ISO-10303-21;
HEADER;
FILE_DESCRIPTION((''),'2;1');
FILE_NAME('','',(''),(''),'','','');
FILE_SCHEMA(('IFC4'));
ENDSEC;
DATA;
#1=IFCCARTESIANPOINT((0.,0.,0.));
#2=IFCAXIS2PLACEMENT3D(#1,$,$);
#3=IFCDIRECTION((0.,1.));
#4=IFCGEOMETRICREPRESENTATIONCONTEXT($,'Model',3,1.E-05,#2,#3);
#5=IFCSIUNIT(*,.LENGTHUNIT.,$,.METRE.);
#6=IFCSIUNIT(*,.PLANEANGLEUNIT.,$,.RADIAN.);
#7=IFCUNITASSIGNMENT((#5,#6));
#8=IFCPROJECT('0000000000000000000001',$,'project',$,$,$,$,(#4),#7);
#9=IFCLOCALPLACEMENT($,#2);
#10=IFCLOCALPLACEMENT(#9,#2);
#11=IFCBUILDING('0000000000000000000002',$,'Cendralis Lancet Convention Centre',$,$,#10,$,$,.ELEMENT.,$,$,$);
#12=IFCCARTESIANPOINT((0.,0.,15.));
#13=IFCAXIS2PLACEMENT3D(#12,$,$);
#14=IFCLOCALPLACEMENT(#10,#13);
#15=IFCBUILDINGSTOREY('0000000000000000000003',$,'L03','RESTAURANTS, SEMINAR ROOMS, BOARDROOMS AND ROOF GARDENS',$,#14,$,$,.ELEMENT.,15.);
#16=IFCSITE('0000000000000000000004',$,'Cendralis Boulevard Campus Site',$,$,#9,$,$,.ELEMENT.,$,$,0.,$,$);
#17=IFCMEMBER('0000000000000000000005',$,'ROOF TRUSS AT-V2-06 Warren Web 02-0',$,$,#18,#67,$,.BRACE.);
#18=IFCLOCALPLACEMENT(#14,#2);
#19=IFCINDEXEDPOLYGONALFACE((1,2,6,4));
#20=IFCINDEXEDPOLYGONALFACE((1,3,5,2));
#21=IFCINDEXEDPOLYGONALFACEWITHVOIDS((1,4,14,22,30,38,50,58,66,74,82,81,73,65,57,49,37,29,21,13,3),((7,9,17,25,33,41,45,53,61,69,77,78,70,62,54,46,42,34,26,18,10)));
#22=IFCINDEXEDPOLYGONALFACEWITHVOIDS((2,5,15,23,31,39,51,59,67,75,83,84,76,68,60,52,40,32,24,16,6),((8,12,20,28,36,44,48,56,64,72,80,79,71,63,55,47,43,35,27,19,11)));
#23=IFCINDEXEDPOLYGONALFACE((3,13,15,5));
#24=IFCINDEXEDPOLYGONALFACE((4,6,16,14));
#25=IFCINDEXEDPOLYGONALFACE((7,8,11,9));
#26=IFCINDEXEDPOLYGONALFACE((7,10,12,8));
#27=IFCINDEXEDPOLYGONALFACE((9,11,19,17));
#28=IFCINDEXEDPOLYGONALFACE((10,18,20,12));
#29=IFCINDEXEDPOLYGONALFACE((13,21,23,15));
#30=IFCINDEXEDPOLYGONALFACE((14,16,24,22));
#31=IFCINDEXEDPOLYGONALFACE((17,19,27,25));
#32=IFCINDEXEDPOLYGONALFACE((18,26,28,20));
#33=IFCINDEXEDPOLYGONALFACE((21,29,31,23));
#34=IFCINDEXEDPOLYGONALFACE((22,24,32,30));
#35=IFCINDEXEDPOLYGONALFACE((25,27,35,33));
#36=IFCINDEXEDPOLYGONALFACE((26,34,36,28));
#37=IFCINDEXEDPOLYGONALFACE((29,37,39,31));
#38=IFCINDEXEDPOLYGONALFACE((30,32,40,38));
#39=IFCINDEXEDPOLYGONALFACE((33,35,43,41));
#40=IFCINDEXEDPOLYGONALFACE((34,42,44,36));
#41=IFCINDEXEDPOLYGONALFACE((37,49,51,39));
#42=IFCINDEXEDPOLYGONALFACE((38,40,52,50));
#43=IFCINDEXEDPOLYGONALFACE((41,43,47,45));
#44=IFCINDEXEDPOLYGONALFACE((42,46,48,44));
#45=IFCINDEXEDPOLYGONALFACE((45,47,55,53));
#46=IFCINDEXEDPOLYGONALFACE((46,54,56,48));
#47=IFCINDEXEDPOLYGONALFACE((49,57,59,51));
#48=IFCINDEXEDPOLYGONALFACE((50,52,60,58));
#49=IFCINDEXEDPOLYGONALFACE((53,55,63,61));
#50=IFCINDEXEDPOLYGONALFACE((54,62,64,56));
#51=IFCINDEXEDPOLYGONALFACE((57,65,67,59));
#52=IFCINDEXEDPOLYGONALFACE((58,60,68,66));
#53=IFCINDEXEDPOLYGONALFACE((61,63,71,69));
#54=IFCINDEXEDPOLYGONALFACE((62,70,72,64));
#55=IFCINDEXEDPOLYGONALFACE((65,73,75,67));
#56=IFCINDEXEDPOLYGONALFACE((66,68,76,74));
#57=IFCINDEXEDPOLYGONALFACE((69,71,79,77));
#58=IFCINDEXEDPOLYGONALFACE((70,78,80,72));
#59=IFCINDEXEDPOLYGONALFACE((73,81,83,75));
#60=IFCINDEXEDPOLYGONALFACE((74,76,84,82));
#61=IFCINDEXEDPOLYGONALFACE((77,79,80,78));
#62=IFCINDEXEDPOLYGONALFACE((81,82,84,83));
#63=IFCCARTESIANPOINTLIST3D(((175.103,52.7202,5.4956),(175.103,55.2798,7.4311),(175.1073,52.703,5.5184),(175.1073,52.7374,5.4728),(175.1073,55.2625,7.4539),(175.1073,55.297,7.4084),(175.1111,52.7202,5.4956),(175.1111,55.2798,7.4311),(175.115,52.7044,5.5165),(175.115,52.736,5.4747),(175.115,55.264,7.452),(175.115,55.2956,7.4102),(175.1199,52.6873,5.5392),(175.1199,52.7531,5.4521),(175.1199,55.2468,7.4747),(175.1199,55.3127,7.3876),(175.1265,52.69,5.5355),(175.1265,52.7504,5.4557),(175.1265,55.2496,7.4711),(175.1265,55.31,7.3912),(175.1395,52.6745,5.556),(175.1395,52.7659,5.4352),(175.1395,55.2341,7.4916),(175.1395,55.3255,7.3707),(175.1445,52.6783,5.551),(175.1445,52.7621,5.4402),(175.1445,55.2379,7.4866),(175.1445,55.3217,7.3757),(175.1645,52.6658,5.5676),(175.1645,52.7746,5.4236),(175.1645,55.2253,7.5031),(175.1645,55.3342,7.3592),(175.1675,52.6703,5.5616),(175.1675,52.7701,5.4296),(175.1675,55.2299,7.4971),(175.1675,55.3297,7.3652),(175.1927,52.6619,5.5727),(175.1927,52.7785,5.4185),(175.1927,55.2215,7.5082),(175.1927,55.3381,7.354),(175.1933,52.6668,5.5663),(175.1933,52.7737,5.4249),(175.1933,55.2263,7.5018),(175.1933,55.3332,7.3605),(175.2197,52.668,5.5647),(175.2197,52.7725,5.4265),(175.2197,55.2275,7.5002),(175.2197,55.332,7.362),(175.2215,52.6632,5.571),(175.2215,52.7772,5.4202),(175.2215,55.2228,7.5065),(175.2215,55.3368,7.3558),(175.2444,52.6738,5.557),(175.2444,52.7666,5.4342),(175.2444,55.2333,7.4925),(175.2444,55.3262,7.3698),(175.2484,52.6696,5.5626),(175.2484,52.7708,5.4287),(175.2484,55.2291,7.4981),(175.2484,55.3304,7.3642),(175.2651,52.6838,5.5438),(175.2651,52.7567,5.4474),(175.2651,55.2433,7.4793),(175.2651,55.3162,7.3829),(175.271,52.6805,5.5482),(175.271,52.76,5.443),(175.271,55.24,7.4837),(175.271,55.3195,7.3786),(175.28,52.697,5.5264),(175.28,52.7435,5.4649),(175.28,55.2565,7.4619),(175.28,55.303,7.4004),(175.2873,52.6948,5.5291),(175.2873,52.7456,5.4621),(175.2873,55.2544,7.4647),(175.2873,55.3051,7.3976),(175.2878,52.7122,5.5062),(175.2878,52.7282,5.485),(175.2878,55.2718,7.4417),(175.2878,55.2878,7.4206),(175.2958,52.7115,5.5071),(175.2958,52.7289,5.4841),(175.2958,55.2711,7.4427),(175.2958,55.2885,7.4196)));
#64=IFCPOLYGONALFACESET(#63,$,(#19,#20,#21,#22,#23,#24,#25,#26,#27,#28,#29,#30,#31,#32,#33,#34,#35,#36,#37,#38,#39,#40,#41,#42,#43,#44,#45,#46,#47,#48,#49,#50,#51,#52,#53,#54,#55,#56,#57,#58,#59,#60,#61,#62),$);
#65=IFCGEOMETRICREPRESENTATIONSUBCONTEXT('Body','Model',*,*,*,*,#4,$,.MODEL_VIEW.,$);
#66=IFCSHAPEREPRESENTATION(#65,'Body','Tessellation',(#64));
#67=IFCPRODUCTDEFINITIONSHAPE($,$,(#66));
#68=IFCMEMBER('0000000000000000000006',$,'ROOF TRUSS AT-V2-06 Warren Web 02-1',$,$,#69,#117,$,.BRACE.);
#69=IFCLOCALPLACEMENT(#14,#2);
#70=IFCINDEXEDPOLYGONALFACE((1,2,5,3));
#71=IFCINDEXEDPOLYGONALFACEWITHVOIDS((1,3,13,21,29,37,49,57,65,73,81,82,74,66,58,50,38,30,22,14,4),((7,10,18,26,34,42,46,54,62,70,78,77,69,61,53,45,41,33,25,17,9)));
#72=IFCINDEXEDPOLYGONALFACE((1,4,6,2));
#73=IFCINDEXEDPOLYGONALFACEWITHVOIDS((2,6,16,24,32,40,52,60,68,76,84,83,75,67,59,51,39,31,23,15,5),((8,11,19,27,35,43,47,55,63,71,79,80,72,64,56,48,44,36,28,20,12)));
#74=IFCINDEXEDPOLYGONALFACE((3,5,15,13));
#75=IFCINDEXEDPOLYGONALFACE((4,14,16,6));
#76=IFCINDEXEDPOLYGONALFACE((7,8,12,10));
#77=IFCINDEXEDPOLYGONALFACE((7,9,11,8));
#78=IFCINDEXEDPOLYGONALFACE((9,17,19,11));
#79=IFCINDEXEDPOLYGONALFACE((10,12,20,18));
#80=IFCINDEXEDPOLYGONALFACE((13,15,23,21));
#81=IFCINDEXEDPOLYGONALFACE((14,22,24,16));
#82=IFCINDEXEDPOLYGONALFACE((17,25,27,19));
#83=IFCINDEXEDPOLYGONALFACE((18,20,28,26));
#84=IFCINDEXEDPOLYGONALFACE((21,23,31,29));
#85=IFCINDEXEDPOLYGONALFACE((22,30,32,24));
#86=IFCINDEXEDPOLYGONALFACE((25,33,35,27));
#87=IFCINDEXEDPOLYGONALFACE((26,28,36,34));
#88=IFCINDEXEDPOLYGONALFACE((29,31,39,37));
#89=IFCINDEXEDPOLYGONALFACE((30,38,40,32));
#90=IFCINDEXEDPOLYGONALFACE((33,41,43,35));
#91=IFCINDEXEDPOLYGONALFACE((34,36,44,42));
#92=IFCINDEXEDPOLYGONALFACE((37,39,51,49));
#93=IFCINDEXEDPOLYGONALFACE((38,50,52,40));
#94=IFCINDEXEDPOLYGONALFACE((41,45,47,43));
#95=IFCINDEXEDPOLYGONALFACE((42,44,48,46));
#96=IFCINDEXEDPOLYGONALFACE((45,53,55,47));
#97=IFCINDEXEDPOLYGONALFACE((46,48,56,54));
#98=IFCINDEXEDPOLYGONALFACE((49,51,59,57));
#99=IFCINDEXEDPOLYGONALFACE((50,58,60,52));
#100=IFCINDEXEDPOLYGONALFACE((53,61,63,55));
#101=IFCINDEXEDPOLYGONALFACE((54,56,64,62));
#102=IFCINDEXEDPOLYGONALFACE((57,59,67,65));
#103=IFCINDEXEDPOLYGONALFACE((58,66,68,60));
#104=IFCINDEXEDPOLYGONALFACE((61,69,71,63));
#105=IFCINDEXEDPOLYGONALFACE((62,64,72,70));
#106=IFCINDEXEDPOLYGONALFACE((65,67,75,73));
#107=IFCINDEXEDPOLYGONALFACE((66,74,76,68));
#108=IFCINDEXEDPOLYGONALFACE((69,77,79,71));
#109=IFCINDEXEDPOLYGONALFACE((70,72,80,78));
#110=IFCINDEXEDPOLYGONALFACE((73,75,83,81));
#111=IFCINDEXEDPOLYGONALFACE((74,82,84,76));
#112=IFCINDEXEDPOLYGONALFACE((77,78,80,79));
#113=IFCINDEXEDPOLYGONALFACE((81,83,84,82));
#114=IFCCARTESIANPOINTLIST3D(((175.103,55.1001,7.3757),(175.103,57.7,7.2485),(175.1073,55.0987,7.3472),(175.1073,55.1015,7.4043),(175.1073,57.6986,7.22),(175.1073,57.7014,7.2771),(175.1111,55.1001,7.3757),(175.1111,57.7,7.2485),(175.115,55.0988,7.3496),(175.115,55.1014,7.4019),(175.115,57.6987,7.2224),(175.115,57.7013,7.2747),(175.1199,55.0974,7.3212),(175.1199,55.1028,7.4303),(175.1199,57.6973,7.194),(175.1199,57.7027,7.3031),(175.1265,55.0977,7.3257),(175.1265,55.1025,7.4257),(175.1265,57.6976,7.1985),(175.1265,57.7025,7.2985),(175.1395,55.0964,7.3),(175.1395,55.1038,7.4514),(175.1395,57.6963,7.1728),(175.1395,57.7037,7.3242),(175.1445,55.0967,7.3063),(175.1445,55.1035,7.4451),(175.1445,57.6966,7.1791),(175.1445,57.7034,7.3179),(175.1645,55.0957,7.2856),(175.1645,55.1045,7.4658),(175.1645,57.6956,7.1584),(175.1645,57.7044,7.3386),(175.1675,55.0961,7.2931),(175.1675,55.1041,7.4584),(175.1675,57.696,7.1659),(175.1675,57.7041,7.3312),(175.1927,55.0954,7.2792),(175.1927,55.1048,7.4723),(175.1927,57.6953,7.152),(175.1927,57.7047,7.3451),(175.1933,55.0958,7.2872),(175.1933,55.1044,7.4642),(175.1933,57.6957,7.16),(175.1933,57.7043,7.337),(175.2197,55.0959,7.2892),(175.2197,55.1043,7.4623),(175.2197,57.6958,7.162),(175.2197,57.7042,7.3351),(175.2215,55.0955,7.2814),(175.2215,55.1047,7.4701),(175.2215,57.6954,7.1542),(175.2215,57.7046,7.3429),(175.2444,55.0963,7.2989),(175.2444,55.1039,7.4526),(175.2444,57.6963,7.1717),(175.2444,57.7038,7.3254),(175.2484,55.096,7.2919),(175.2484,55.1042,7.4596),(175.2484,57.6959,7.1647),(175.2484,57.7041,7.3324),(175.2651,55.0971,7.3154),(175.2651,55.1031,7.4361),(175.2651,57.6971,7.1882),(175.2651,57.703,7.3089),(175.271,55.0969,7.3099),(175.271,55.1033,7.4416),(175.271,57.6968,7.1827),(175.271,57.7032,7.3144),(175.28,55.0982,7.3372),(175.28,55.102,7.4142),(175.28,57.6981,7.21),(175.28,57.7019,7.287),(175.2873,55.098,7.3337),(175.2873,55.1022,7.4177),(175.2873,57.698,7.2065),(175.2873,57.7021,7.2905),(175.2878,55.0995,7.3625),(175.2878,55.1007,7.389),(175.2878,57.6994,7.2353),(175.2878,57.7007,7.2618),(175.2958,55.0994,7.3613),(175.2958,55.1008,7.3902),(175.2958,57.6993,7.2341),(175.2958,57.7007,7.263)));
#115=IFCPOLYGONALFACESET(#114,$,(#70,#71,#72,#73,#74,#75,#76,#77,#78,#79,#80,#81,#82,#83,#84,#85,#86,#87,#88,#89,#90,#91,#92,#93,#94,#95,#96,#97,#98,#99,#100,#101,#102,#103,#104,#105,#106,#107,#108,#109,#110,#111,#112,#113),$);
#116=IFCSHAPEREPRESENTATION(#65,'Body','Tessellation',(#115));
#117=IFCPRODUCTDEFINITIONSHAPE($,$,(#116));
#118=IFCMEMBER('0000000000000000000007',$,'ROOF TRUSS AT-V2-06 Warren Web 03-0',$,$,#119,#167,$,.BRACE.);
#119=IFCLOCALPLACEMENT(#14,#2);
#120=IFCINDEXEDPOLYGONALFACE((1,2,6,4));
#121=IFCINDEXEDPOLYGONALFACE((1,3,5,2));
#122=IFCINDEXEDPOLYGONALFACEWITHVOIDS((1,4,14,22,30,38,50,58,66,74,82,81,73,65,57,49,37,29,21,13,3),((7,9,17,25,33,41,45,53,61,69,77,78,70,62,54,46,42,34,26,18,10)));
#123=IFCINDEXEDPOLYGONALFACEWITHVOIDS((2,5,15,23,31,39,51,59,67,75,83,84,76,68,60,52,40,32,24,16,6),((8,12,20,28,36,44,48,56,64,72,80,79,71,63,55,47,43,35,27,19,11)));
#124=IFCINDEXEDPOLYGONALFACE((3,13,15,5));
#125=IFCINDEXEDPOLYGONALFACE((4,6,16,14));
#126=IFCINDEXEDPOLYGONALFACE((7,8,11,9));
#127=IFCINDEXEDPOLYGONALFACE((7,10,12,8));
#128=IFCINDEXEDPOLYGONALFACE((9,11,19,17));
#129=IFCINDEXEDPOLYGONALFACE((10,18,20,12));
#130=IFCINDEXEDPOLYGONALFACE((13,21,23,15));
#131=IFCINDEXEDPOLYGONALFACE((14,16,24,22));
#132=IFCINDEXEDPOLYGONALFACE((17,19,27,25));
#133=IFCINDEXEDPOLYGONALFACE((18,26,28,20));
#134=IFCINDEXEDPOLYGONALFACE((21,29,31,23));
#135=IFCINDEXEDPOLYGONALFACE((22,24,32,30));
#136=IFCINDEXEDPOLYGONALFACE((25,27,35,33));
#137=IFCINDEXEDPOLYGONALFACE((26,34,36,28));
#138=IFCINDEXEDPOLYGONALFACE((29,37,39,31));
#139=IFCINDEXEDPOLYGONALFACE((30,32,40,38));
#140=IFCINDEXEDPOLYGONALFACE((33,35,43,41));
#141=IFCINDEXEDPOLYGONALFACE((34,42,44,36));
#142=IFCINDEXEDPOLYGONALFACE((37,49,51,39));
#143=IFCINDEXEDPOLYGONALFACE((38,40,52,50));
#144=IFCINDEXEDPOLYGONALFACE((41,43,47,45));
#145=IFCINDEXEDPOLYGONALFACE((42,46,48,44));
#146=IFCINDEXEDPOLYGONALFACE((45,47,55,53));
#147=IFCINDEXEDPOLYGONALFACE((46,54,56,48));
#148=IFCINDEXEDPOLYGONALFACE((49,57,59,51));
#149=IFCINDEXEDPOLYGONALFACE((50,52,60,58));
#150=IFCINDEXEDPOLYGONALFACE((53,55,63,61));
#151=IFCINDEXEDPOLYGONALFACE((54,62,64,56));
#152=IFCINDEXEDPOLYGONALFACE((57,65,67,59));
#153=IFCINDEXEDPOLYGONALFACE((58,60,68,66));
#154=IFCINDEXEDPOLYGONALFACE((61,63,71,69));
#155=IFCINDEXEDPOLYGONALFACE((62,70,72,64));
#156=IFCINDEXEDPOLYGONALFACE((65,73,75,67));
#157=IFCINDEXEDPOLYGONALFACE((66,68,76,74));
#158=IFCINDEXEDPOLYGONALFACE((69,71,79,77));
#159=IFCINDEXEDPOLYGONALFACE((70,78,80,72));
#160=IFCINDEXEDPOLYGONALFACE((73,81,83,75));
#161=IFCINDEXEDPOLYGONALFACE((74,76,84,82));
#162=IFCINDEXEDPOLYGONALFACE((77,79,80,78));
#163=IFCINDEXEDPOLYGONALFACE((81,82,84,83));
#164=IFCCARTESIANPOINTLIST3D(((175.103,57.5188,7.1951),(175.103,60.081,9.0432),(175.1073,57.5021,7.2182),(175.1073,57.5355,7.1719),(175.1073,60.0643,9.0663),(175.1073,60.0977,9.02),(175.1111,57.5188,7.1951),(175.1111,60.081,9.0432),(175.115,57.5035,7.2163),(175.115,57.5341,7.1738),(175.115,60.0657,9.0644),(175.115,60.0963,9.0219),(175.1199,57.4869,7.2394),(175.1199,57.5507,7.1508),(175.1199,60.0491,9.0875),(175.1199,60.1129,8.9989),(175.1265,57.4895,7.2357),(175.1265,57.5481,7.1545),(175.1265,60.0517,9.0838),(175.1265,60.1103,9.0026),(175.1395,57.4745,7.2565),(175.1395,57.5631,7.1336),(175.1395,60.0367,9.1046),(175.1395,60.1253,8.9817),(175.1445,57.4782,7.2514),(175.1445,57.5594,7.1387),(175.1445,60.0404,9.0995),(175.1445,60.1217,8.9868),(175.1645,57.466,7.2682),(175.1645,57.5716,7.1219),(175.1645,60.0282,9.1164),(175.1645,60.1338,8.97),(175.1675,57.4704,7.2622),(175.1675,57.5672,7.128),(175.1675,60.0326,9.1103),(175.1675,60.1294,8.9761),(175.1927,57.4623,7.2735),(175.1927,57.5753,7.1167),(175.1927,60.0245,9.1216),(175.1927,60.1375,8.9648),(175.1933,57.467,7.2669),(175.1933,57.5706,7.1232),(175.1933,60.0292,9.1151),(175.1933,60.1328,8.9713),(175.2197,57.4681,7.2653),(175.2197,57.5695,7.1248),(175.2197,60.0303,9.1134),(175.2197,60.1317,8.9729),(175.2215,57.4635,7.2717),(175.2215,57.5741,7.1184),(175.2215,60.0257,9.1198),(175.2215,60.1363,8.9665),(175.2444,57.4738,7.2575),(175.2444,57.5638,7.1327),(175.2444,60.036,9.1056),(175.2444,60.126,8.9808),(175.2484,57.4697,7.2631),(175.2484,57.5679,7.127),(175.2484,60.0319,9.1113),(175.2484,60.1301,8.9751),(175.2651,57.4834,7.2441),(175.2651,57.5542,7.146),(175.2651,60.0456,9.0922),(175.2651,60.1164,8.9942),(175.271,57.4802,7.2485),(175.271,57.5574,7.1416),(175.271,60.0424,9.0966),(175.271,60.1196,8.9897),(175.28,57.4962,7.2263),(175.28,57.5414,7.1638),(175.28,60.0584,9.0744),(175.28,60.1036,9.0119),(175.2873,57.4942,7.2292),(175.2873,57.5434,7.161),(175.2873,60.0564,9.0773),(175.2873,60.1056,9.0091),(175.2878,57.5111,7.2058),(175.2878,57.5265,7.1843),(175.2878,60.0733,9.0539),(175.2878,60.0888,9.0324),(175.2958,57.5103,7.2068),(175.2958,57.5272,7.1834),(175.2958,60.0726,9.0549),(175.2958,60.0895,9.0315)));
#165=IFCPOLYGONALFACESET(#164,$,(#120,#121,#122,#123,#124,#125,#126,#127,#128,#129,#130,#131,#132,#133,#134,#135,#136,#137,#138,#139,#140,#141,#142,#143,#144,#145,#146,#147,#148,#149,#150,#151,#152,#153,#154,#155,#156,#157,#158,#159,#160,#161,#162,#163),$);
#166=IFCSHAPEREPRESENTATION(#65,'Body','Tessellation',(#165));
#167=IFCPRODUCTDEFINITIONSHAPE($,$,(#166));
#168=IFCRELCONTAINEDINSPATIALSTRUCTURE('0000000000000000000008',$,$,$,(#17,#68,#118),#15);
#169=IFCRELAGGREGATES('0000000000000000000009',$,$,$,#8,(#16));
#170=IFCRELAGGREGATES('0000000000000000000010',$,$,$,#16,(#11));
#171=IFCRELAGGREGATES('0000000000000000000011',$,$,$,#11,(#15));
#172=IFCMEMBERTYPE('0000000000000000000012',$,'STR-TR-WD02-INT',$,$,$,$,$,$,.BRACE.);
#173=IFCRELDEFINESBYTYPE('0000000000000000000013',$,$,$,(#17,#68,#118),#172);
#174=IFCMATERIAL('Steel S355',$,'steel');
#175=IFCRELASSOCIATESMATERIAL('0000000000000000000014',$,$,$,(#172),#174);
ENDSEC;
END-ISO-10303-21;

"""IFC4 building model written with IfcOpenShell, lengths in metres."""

from ifc_helpers import new_model, si_unit, direction, frame, origin, origin_2d, place, context, subcontext, project, spatial, hollow_circle, extrude, material, material_profile, profile_set, type_object, element, save


model = new_model("IFC4")

# Units and contexts
model_context = context("Model", 3, precision=1e-05, world=origin(), true_north=direction((0.0, 1.0)))
body_context = subcontext(model_context, "Body", "Model", "MODEL_VIEW")
ifc_project = project(units=[si_unit("LENGTHUNIT", "METRE"), si_unit("PLANEANGLEUNIT", "RADIAN")], contexts=[model_context])

# Site, building, storey
site_placement = place(None, origin())
site = spatial("IfcSite", under=ifc_project, at=site_placement, Name="Cendralis Boulevard Campus Site", CompositionType="ELEMENT", RefElevation=0.0)
building_placement = place(site_placement, origin())
building = spatial("IfcBuilding", under=site, at=building_placement, Name="Cendralis Lancet Convention Centre", CompositionType="ELEMENT")
storey_placement = place(building_placement, frame((0.0, 0.0, 15.0)))
storey = spatial("IfcBuildingStorey", under=building, at=storey_placement, Name="L03", Description="RESTAURANTS, SEMINAR ROOMS, BOARDROOMS AND ROOF GARDENS", CompositionType="ELEMENT", Elevation=15.0)

# Members
ifc_material = material(Name="Steel S355", Category="steel")
ifc_material_profile_1 = material_profile(ifc_material, hollow_circle(Radius=0.0969, WallThickness=0.0081, at=origin_2d()), Name="CHS 193.7x8.0")
ifc_profile_set_1 = profile_set([ifc_material_profile_1], Name="Steel S355")
member_type_1 = type_object("IfcMemberType", Name="STR-TR-WD02-INT", PredefinedType="BRACE", material=ifc_profile_set_1)
member_1_placement = place(storey_placement, frame((175.2, 52.7202, 5.4956), z_axis=(0.0, 0.79762, 0.60316), x_axis=(-1.0, 0.0, 0.0)))
element("IfcMember", 1, at=member_1_placement, inside=storey, type_object=member_type_1, Name="ROOF TRUSS AT-V2-06 Warren Web 02-0", PredefinedType="BRACE", context=body_context, shape_type="SweptSolid", body=[
    extrude(hollow_circle(Radius=0.0969, WallThickness=0.0081, at=origin_2d()), origin(), (0.0, 0.0, 1.0), 3.209),
])
member_2_placement = place(storey_placement, frame((175.2, 55.1001, 7.3757), z_axis=(0.0, 0.998805, -0.048866), x_axis=(-1.0, 0.0, 0.0)))
element("IfcMember", 2, at=member_2_placement, inside=storey, type_object=member_type_1, Name="ROOF TRUSS AT-V2-06 Warren Web 02-1", PredefinedType="BRACE", context=body_context, shape_type="SweptSolid", body=[
    extrude(hollow_circle(Radius=0.0969, WallThickness=0.0081, at=origin_2d()), origin(), (0.0, 0.0, 1.0), 2.603),
])
member_3_placement = place(storey_placement, frame((175.2, 57.5188, 7.1951), z_axis=(0.0, 0.811036, 0.584997), x_axis=(-1.0, 0.0, 0.0)))
element("IfcMember", 3, at=member_3_placement, inside=storey, type_object=member_type_1, Name="ROOF TRUSS AT-V2-06 Warren Web 03-0", PredefinedType="BRACE", context=body_context, shape_type="SweptSolid", body=[
    extrude(hollow_circle(Radius=0.0969, WallThickness=0.0081, at=origin_2d()), origin(), (0.0, 0.0, 1.0), 3.1592),
])

save(model, "model.ifc")
